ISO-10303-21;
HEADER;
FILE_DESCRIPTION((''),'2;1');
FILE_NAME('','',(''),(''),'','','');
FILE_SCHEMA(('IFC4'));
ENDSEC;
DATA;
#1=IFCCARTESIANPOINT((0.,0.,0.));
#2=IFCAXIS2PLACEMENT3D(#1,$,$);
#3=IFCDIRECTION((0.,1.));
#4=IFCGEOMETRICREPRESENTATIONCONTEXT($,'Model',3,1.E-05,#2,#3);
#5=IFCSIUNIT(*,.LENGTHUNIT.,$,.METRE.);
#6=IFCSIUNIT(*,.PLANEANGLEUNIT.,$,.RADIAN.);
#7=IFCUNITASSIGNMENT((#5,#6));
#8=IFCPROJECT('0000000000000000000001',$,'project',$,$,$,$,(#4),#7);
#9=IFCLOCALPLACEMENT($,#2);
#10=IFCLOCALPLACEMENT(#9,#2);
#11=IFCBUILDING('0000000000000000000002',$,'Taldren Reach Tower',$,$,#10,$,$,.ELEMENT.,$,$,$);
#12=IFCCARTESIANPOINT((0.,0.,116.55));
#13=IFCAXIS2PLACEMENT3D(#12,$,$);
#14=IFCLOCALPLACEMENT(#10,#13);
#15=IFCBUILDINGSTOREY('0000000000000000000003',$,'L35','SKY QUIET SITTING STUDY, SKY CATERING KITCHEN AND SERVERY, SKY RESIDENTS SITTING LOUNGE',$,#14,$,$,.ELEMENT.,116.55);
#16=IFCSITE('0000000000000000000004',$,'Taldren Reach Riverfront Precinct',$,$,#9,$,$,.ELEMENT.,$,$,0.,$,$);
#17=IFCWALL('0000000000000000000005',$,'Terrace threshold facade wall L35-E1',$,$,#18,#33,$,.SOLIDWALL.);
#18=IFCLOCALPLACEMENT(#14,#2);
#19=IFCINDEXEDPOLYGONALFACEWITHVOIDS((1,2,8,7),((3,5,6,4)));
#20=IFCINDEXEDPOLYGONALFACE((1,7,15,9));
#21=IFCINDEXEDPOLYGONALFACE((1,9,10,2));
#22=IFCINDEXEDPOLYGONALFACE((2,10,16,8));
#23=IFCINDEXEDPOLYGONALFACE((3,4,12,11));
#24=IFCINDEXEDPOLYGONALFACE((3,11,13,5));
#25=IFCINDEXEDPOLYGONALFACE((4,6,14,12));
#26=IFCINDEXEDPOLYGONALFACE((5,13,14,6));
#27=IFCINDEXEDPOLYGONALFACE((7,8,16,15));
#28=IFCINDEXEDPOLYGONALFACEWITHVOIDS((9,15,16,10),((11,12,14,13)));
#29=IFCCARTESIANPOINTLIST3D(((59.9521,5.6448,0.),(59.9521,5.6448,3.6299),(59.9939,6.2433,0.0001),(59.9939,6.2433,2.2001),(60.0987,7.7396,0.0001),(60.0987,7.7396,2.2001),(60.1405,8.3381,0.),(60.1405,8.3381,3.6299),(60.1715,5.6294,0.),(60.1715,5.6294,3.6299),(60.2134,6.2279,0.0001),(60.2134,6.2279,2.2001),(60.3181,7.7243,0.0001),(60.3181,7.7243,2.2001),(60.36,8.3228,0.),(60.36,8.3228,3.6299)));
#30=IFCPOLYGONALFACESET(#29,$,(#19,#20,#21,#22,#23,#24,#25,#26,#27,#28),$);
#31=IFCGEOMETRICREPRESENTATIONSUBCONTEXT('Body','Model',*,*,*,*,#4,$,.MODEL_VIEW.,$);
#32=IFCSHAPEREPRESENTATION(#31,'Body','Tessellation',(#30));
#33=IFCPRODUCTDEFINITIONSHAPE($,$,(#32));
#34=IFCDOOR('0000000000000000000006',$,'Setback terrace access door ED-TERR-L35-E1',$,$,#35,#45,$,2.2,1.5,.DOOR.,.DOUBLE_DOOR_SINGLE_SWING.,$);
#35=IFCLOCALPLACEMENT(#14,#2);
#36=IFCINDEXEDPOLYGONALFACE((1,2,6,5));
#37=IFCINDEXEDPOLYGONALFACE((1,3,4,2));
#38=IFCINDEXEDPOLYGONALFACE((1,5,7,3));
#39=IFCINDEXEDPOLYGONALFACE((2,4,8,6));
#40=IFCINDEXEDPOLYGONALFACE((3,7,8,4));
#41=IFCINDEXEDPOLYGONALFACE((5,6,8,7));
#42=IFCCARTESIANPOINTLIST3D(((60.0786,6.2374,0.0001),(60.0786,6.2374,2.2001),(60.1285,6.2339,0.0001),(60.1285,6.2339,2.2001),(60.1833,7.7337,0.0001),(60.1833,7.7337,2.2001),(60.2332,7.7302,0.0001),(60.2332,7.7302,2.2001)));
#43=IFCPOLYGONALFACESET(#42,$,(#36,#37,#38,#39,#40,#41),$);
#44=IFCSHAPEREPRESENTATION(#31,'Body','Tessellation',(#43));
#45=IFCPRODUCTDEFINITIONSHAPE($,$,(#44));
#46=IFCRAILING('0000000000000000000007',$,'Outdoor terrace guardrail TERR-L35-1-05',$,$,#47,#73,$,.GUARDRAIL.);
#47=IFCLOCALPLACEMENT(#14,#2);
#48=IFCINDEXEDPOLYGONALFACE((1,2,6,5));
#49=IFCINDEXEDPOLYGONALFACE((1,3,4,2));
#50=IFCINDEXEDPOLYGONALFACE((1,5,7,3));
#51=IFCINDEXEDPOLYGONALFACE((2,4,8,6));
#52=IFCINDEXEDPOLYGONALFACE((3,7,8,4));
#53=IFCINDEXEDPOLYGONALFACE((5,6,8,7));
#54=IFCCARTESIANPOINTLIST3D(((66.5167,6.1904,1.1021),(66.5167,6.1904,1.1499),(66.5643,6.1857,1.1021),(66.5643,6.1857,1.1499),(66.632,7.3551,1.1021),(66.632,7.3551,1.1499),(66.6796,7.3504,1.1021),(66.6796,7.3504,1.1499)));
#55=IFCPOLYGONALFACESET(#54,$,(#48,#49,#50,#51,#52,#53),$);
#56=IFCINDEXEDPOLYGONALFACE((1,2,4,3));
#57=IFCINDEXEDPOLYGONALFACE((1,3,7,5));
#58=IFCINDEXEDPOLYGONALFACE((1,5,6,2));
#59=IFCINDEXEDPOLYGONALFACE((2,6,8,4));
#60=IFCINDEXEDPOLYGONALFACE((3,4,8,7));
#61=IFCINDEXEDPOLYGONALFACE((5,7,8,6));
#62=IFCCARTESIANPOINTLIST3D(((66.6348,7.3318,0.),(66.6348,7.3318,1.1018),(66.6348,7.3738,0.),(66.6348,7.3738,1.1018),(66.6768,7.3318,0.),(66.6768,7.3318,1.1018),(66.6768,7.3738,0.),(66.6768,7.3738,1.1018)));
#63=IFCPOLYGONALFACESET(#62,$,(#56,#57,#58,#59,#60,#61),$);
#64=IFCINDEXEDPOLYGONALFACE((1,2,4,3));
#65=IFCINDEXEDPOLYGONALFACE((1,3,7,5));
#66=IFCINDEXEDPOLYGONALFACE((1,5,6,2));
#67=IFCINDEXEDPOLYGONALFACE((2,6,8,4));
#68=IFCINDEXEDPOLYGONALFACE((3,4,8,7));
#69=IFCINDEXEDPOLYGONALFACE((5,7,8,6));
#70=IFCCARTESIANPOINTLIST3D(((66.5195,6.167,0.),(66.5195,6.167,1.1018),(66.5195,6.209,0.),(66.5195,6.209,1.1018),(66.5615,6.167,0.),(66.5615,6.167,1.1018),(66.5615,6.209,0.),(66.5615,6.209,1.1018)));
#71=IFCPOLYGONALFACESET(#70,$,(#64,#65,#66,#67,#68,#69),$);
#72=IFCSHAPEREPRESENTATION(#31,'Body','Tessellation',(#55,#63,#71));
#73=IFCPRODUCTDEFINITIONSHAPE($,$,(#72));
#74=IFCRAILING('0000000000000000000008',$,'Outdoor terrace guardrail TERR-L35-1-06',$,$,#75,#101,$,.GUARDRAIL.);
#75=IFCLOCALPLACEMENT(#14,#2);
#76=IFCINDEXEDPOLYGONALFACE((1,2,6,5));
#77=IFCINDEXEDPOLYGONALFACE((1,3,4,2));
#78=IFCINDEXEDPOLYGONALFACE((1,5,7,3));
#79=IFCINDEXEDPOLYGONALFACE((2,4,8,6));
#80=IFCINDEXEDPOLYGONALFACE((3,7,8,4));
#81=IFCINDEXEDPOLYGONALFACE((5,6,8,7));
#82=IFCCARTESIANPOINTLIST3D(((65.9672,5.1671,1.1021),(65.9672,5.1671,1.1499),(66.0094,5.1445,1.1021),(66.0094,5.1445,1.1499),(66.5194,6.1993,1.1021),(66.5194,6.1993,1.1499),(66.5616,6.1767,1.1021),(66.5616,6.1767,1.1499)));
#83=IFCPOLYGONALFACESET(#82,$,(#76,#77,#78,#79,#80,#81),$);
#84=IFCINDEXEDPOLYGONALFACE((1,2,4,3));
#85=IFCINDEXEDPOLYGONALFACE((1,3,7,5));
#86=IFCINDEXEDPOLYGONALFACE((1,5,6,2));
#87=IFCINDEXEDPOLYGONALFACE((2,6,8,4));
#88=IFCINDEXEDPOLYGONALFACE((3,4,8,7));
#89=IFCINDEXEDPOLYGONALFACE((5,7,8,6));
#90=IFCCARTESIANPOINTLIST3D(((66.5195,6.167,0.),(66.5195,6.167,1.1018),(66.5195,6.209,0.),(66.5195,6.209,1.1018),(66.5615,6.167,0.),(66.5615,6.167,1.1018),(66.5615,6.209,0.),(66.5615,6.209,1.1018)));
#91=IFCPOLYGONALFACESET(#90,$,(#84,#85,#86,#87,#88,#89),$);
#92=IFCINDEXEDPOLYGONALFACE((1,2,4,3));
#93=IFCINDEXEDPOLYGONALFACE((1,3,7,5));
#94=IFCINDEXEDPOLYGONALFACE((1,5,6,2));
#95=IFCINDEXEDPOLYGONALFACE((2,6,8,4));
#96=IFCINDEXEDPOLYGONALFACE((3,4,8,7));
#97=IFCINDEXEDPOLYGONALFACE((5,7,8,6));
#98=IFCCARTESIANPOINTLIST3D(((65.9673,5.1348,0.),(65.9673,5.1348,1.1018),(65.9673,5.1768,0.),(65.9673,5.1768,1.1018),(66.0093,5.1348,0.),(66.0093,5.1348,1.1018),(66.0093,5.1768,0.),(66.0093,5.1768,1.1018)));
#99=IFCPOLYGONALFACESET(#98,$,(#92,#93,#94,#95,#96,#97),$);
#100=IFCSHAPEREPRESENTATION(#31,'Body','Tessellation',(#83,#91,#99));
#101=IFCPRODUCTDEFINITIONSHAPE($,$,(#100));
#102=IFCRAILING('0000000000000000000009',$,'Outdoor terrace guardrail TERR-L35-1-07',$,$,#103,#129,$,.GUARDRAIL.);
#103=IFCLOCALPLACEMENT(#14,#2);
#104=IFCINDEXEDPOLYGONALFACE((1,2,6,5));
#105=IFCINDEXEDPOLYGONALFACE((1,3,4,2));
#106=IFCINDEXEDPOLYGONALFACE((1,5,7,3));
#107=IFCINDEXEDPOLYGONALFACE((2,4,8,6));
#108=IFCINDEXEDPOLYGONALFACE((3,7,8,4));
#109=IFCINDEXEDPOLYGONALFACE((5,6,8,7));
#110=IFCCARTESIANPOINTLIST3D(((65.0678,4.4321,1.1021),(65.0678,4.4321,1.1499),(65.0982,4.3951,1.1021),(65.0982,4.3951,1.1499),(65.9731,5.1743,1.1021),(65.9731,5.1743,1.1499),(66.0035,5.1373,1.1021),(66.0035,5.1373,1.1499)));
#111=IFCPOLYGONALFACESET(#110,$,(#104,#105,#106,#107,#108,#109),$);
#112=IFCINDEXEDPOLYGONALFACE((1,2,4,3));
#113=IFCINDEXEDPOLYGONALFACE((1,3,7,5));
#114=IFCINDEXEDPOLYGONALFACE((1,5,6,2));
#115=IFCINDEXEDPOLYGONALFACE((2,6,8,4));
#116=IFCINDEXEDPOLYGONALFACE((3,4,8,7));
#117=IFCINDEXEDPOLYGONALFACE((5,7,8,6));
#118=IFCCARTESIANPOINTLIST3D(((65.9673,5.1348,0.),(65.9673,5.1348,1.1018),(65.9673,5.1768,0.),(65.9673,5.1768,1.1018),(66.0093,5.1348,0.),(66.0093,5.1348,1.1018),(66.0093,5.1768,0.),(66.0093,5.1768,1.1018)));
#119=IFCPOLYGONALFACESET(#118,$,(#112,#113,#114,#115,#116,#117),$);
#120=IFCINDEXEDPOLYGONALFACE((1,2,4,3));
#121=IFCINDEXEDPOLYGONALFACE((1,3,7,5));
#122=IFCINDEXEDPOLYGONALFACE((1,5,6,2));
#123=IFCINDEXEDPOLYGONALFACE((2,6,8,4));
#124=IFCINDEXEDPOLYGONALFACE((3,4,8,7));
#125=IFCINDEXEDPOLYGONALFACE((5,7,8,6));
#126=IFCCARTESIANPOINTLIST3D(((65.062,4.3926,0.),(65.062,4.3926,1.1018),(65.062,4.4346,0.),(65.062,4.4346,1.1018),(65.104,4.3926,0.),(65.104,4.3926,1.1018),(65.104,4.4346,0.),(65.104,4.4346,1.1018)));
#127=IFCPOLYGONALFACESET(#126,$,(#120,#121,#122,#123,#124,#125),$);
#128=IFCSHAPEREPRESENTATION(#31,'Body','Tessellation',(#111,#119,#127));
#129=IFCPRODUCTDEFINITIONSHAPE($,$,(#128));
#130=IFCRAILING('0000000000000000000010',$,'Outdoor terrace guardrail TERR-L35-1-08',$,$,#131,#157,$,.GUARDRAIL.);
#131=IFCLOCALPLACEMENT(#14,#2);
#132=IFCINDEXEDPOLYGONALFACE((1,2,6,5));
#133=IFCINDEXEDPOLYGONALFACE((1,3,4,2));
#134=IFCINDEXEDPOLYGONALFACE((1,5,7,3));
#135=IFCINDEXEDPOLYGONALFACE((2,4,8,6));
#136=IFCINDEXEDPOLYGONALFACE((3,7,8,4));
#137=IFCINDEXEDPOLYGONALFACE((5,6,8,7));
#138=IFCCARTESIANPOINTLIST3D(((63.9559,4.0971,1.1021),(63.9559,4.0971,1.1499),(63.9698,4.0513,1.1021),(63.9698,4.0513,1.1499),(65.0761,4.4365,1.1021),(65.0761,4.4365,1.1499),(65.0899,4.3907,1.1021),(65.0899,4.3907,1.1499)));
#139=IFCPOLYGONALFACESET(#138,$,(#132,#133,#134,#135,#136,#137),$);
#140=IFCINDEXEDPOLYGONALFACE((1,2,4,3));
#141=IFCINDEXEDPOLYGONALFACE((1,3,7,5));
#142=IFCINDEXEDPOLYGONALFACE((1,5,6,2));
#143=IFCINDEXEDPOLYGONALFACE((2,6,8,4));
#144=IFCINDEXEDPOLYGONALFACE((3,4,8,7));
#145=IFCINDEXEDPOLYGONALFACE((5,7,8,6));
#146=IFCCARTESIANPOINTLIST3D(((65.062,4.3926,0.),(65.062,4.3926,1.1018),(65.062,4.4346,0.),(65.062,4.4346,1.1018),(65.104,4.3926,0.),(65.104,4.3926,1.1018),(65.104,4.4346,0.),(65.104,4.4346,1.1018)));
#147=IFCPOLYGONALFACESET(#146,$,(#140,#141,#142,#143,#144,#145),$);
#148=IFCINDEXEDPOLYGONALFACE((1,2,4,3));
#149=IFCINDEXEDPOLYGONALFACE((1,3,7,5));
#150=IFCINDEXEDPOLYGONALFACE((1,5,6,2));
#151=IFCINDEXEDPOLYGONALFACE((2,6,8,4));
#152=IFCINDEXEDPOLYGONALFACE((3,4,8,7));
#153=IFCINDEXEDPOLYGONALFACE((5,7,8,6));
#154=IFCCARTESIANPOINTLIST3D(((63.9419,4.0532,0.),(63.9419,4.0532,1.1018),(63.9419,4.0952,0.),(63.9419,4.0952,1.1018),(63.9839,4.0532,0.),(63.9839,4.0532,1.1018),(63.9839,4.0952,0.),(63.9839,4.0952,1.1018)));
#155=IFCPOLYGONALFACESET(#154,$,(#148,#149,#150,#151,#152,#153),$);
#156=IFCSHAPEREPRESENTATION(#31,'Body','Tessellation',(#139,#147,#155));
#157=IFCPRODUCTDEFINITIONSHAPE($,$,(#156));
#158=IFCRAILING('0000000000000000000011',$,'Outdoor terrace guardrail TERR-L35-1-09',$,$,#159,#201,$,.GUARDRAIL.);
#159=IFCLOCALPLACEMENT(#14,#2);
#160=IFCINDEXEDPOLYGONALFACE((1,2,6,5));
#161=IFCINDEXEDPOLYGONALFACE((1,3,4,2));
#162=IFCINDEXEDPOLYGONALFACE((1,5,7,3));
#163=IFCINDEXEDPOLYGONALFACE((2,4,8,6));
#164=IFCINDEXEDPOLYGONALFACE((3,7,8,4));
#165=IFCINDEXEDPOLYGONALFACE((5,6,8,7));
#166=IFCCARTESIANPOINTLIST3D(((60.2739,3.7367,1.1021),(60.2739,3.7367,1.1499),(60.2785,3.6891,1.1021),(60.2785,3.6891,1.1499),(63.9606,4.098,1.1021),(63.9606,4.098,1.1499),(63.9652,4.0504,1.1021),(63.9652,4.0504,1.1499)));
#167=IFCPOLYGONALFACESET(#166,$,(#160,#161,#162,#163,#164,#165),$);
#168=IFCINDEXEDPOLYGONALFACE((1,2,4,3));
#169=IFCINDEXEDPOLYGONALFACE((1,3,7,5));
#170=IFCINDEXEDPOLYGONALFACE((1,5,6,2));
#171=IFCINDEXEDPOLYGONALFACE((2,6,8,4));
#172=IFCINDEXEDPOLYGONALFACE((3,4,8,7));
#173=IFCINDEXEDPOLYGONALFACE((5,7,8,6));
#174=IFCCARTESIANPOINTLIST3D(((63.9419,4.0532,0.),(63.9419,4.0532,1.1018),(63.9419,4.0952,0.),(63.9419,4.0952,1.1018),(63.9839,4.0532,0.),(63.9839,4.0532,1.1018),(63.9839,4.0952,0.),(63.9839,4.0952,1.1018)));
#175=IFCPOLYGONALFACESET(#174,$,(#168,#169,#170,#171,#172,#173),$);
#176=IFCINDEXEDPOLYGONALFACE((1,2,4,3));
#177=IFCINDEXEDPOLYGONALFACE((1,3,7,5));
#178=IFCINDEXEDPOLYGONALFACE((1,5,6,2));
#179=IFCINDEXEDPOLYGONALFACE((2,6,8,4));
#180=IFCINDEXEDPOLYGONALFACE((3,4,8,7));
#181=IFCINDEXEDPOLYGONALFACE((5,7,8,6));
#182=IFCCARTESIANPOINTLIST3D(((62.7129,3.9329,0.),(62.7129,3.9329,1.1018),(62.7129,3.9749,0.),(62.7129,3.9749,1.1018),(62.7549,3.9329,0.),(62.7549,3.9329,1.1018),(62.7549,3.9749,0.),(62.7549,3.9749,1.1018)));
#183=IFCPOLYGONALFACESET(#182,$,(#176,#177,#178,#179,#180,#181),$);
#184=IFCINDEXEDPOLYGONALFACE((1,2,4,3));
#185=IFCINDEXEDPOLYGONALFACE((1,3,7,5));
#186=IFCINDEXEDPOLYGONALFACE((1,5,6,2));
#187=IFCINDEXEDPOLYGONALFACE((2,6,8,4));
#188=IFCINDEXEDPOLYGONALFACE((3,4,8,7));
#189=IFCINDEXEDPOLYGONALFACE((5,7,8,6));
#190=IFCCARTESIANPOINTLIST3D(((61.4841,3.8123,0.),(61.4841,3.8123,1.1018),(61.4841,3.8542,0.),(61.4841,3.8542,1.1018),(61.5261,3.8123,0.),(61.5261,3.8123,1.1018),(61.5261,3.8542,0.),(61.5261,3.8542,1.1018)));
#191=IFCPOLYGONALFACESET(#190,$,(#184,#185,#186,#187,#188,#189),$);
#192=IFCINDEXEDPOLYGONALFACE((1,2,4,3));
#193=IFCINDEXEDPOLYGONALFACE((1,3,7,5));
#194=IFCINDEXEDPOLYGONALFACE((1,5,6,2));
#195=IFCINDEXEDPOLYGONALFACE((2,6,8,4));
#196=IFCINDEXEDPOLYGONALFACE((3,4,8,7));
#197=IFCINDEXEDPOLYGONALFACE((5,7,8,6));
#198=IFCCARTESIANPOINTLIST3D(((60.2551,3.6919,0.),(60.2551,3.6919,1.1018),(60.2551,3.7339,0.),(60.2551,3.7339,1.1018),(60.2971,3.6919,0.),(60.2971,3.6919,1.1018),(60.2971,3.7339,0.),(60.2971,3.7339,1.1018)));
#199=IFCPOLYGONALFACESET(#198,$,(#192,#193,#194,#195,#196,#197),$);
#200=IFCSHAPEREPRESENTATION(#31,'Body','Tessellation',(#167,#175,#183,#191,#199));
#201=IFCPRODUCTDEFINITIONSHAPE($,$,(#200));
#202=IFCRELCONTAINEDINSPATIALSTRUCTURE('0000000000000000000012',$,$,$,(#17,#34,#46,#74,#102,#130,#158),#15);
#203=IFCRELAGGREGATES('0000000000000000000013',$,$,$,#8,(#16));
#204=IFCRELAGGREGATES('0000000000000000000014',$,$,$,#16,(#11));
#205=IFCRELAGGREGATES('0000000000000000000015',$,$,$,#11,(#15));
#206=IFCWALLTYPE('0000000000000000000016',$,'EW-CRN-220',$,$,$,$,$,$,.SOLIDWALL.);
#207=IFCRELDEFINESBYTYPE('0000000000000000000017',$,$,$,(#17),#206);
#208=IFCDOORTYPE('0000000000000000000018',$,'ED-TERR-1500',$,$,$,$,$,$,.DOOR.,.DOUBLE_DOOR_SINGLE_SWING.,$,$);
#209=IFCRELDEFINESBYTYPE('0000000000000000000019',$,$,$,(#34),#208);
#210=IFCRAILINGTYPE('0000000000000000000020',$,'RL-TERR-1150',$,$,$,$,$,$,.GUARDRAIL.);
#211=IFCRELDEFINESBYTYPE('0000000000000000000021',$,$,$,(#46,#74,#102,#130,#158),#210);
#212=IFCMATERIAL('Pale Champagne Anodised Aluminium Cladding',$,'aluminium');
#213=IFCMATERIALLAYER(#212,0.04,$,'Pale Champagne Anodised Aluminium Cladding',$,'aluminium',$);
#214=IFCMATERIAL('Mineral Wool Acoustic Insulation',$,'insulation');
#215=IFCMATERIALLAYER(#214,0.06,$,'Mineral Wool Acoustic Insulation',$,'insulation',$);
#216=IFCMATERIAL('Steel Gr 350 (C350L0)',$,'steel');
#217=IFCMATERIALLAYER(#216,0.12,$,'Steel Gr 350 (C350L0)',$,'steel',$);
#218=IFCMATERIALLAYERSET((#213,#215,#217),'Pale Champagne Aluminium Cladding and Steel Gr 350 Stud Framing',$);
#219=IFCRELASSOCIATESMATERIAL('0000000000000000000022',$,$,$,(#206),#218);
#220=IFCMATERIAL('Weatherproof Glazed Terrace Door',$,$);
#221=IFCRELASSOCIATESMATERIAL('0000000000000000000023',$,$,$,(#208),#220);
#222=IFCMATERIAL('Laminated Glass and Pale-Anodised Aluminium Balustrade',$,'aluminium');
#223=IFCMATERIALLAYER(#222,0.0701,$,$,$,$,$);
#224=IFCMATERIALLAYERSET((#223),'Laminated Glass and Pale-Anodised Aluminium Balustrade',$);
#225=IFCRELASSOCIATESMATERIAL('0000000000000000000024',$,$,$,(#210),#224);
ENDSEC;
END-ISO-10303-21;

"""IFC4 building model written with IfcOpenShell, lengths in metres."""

from ifc_helpers import new_model, si_unit, direction, frame, frame_2d, origin, origin_2d, place, context, subcontext, project, spatial, rectangle, extrude, source, transform, mapped, material, layer, layer_set, type_object, element, fill, save


model = new_model("IFC4")

# Units and contexts
model_context = context("Model", 3, precision=1e-05, world=origin(), true_north=direction((0.0, 1.0)))
body_context = subcontext(model_context, "Body", "Model", "MODEL_VIEW")
ifc_project = project(units=[si_unit("LENGTHUNIT", "METRE"), si_unit("PLANEANGLEUNIT", "RADIAN")], contexts=[model_context])

# Site, building, storey
site_placement = place(None, origin())
site = spatial("IfcSite", under=ifc_project, at=site_placement, Name="Taldren Reach Riverfront Precinct", CompositionType="ELEMENT", RefElevation=0.0)
building_placement = place(site_placement, origin())
building = spatial("IfcBuilding", under=site, at=building_placement, Name="Taldren Reach Tower", CompositionType="ELEMENT")
storey_placement = place(building_placement, frame((0.0, 0.0, 116.55)))
storey = spatial("IfcBuildingStorey", under=building, at=storey_placement, Name="L35", Description="SKY QUIET SITTING STUDY, SKY CATERING KITCHEN AND SERVERY, SKY RESIDENTS SITTING LOUNGE", CompositionType="ELEMENT", Elevation=116.55)

# Shared definitions
ifc_material_1 = material(Name="Steel Gr 350 (C350L0)", Category="steel")

# Shared definitions
ifc_material_2 = material(Name="Pale Champagne Anodised Aluminium Cladding", Category="aluminium")
ifc_layer_1 = layer(ifc_material_2, 0.04, Name="Pale Champagne Anodised Aluminium Cladding", Category="aluminium")
ifc_material_3 = material(Name="Mineral Wool Acoustic Insulation", Category="insulation")
ifc_layer_2 = layer(ifc_material_3, 0.06, Name="Mineral Wool Acoustic Insulation", Category="insulation")
ifc_layer_3 = layer(ifc_material_1, 0.12, Name="Steel Gr 350 (C350L0)", Category="steel")
ifc_layer_set_1 = layer_set([ifc_layer_1, ifc_layer_2, ifc_layer_3], Name="Pale Champagne Aluminium Cladding and Steel Gr 350 Stud Framing")
wall_type = type_object("IfcWallType", Name="EW-CRN-220", PredefinedType="SOLIDWALL", material=ifc_layer_set_1)

# Wall, opening, door
shared_shape_1 = source(origin(), body_context, "Body", "SweptSolid", [
    extrude(rectangle(XDim=2.7, YDim=0.22, at=frame_2d((1.3501, 0.0))), origin(), (0.0, 0.0, 1.0), 3.6299),
])
wall_1_placement = place(storey_placement, frame((60.0618, 5.637, 0.0), z_axis=(0.0, 0.0, 1.0), x_axis=(0.069808, 0.99756, 0.0)))
wall_1 = element("IfcWall", 1, at=wall_1_placement, inside=storey, type_object=wall_type, Name="Terrace threshold facade wall L35-E1", PredefinedType="SOLIDWALL", context=body_context, shape_type="MappedRepresentation", body=[
    mapped(shared_shape_1, transform((0.0, 0.0, 0.0), scale=1.0)),
])
shared_shape_2 = source(origin(), body_context, "Body", "SweptSolid", [
    extrude(rectangle(XDim=1.5, YDim=2.2, at=frame_2d((0.75, 1.1001))), frame((0.0, 0.1201, 0.0), z_axis=(0.0, -1.0, 0.0), x_axis=(1.0, 0.0, 0.0)), (0.0, 0.0, 1.0), 0.24),
])
opening_placement = place(wall_1_placement, frame((0.6001, 0.0, 0.0)))
opening = element("IfcOpeningElement", 2, at=opening_placement, cuts=wall_1, PredefinedType="OPENING", context=body_context, shape_type="MappedRepresentation", body=[
    mapped(shared_shape_2, transform((0.0, 0.0, 0.0), scale=1.0)),
])
ifc_material_4 = material(Name="Weatherproof Glazed Terrace Door")
door_type = type_object("IfcDoorType", Name="ED-TERR-1500", OperationType="DOUBLE_DOOR_SINGLE_SWING", PredefinedType="DOOR", material=ifc_material_4)
shared_shape_3 = source(origin(), body_context, "Body", "SweptSolid", [
    extrude(rectangle(XDim=1.5, YDim=2.2, at=frame_2d((0.75, 1.1001))), frame((0.0, 0.0249, 0.0), z_axis=(0.0, -1.0, 0.0), x_axis=(1.0, 0.0, 0.0)), (0.0, 0.0, 1.0), 0.05),
])
door_placement = place(opening_placement, frame((1.5, 0.0, 0.0), z_axis=(0.0, 0.0, 1.0), x_axis=(-1.0, 0.0, 0.0)))
door = element("IfcDoor", 3, at=door_placement, inside=storey, type_object=door_type, Name="Setback terrace access door ED-TERR-L35-E1", OperationType="DOUBLE_DOOR_SINGLE_SWING", OverallHeight=2.2, OverallWidth=1.5, PredefinedType="DOOR", context=body_context, shape_type="MappedRepresentation", body=[
    mapped(shared_shape_3, transform((0.0, 0.0, 0.0), scale=1.0)),
])
fill(opening, door)

# Railings
ifc_material_5 = material(Name="Laminated Glass and Pale-Anodised Aluminium Balustrade", Category="aluminium")
ifc_layer_4 = layer(ifc_material_5, 0.0701)
ifc_layer_set_2 = layer_set([ifc_layer_4], Name="Laminated Glass and Pale-Anodised Aluminium Balustrade")
railing_type = type_object("IfcRailingType", Name="RL-TERR-1150", PredefinedType="GUARDRAIL", material=ifc_layer_set_2)
railing_1_placement = place(storey_placement, frame((66.6558, 7.3528, 0.0)))
element("IfcRailing", 4, at=railing_1_placement, inside=storey, type_object=railing_type, Name="Outdoor terrace guardrail TERR-L35-1-05", PredefinedType="GUARDRAIL", context=body_context, shape_type="SweptSolid", body=[
    extrude(rectangle(XDim=0.0479, YDim=0.0479, at=origin_2d()), frame((0.0, 0.0, 1.126), z_axis=(-0.09845, -0.995142, 0.0), x_axis=(0.995142, -0.09845, 0.0)), (0.0, 0.0, 1.0), 1.1704),
    extrude(rectangle(XDim=0.042, YDim=0.042, at=origin_2d()), origin(), (0.0, 0.0, 1.0), 1.1018),
    extrude(rectangle(XDim=0.042, YDim=0.042, at=origin_2d()), frame((-0.1152, -1.1648, 0.0)), (0.0, 0.0, 1.0), 1.1018),
])
railing_2_placement = place(storey_placement, frame((66.5405, 6.188, 0.0)))
element("IfcRailing", 5, at=railing_2_placement, inside=storey, type_object=railing_type, Name="Outdoor terrace guardrail TERR-L35-1-06", PredefinedType="GUARDRAIL", context=body_context, shape_type="SweptSolid", body=[
    extrude(rectangle(XDim=0.0479, YDim=0.0479, at=origin_2d()), frame((0.0, 0.0, 1.126), z_axis=(-0.471735, -0.88174, 0.0), x_axis=(0.88174, -0.471735, 0.0)), (0.0, 0.0, 1.0), 1.1707),
    extrude(rectangle(XDim=0.042, YDim=0.042, at=origin_2d()), origin(), (0.0, 0.0, 1.0), 1.1018),
    extrude(rectangle(XDim=0.042, YDim=0.042, at=origin_2d()), frame((-0.5522, -1.0322, 0.0)), (0.0, 0.0, 1.0), 1.1018),
])
railing_3_placement = place(storey_placement, frame((65.9883, 5.1558, 0.0)))
element("IfcRailing", 6, at=railing_3_placement, inside=storey, type_object=railing_type, Name="Outdoor terrace guardrail TERR-L35-1-07", PredefinedType="GUARDRAIL", context=body_context, shape_type="SweptSolid", body=[
    extrude(rectangle(XDim=0.0479, YDim=0.0479, at=origin_2d()), frame((0.0, 0.0, 1.126), z_axis=(-0.773325, -0.63401, 0.0), x_axis=(0.63401, -0.773325, 0.0)), (0.0, 0.0, 1.0), 1.1707),
    extrude(rectangle(XDim=0.042, YDim=0.042, at=origin_2d()), origin(), (0.0, 0.0, 1.0), 1.1018),
    extrude(rectangle(XDim=0.042, YDim=0.042, at=origin_2d()), frame((-0.9053, -0.7422, 0.0)), (0.0, 0.0, 1.0), 1.1018),
])
railing_4_placement = place(storey_placement, frame((65.083, 4.4136, 0.0)))
element("IfcRailing", 7, at=railing_4_placement, inside=storey, type_object=railing_type, Name="Outdoor terrace guardrail TERR-L35-1-08", PredefinedType="GUARDRAIL", context=body_context, shape_type="SweptSolid", body=[
    extrude(rectangle(XDim=0.0479, YDim=0.0479, at=origin_2d()), frame((0.0, 0.0, 1.126), z_axis=(-0.957042, -0.289949, 0.0), x_axis=(0.289949, -0.957042, 0.0)), (0.0, 0.0, 1.0), 1.1704),
    extrude(rectangle(XDim=0.042, YDim=0.042, at=origin_2d()), origin(), (0.0, 0.0, 1.0), 1.1018),
    extrude(rectangle(XDim=0.042, YDim=0.042, at=origin_2d()), frame((-1.1201, -0.3394, 0.0)), (0.0, 0.0, 1.0), 1.1018),
])
railing_5_placement = place(storey_placement, frame((63.9629, 4.0742, 0.0)))
element("IfcRailing", 8, at=railing_5_placement, inside=storey, type_object=railing_type, Name="Outdoor terrace guardrail TERR-L35-1-09", PredefinedType="GUARDRAIL", context=body_context, shape_type="SweptSolid", body=[
    extrude(rectangle(XDim=0.0479, YDim=0.0479, at=origin_2d()), frame((0.0, 0.0, 1.126), z_axis=(-0.995232, -0.097539, 0.0), x_axis=(0.097539, -0.995232, 0.0)), (0.0, 0.0, 1.0), 3.7043),
    extrude(rectangle(XDim=0.042, YDim=0.042, at=origin_2d()), origin(), (0.0, 0.0, 1.0), 1.1018),
    extrude(rectangle(XDim=0.042, YDim=0.042, at=origin_2d()), frame((-1.229, -0.1204, 0.0)), (0.0, 0.0, 1.0), 1.1018),
    extrude(rectangle(XDim=0.042, YDim=0.042, at=origin_2d()), frame((-2.4578, -0.241, 0.0)), (0.0, 0.0, 1.0), 1.1018),
    extrude(rectangle(XDim=0.042, YDim=0.042, at=origin_2d()), frame((-3.6868, -0.3613, 0.0)), (0.0, 0.0, 1.0), 1.1018),
])

save(model, "model.ifc")
